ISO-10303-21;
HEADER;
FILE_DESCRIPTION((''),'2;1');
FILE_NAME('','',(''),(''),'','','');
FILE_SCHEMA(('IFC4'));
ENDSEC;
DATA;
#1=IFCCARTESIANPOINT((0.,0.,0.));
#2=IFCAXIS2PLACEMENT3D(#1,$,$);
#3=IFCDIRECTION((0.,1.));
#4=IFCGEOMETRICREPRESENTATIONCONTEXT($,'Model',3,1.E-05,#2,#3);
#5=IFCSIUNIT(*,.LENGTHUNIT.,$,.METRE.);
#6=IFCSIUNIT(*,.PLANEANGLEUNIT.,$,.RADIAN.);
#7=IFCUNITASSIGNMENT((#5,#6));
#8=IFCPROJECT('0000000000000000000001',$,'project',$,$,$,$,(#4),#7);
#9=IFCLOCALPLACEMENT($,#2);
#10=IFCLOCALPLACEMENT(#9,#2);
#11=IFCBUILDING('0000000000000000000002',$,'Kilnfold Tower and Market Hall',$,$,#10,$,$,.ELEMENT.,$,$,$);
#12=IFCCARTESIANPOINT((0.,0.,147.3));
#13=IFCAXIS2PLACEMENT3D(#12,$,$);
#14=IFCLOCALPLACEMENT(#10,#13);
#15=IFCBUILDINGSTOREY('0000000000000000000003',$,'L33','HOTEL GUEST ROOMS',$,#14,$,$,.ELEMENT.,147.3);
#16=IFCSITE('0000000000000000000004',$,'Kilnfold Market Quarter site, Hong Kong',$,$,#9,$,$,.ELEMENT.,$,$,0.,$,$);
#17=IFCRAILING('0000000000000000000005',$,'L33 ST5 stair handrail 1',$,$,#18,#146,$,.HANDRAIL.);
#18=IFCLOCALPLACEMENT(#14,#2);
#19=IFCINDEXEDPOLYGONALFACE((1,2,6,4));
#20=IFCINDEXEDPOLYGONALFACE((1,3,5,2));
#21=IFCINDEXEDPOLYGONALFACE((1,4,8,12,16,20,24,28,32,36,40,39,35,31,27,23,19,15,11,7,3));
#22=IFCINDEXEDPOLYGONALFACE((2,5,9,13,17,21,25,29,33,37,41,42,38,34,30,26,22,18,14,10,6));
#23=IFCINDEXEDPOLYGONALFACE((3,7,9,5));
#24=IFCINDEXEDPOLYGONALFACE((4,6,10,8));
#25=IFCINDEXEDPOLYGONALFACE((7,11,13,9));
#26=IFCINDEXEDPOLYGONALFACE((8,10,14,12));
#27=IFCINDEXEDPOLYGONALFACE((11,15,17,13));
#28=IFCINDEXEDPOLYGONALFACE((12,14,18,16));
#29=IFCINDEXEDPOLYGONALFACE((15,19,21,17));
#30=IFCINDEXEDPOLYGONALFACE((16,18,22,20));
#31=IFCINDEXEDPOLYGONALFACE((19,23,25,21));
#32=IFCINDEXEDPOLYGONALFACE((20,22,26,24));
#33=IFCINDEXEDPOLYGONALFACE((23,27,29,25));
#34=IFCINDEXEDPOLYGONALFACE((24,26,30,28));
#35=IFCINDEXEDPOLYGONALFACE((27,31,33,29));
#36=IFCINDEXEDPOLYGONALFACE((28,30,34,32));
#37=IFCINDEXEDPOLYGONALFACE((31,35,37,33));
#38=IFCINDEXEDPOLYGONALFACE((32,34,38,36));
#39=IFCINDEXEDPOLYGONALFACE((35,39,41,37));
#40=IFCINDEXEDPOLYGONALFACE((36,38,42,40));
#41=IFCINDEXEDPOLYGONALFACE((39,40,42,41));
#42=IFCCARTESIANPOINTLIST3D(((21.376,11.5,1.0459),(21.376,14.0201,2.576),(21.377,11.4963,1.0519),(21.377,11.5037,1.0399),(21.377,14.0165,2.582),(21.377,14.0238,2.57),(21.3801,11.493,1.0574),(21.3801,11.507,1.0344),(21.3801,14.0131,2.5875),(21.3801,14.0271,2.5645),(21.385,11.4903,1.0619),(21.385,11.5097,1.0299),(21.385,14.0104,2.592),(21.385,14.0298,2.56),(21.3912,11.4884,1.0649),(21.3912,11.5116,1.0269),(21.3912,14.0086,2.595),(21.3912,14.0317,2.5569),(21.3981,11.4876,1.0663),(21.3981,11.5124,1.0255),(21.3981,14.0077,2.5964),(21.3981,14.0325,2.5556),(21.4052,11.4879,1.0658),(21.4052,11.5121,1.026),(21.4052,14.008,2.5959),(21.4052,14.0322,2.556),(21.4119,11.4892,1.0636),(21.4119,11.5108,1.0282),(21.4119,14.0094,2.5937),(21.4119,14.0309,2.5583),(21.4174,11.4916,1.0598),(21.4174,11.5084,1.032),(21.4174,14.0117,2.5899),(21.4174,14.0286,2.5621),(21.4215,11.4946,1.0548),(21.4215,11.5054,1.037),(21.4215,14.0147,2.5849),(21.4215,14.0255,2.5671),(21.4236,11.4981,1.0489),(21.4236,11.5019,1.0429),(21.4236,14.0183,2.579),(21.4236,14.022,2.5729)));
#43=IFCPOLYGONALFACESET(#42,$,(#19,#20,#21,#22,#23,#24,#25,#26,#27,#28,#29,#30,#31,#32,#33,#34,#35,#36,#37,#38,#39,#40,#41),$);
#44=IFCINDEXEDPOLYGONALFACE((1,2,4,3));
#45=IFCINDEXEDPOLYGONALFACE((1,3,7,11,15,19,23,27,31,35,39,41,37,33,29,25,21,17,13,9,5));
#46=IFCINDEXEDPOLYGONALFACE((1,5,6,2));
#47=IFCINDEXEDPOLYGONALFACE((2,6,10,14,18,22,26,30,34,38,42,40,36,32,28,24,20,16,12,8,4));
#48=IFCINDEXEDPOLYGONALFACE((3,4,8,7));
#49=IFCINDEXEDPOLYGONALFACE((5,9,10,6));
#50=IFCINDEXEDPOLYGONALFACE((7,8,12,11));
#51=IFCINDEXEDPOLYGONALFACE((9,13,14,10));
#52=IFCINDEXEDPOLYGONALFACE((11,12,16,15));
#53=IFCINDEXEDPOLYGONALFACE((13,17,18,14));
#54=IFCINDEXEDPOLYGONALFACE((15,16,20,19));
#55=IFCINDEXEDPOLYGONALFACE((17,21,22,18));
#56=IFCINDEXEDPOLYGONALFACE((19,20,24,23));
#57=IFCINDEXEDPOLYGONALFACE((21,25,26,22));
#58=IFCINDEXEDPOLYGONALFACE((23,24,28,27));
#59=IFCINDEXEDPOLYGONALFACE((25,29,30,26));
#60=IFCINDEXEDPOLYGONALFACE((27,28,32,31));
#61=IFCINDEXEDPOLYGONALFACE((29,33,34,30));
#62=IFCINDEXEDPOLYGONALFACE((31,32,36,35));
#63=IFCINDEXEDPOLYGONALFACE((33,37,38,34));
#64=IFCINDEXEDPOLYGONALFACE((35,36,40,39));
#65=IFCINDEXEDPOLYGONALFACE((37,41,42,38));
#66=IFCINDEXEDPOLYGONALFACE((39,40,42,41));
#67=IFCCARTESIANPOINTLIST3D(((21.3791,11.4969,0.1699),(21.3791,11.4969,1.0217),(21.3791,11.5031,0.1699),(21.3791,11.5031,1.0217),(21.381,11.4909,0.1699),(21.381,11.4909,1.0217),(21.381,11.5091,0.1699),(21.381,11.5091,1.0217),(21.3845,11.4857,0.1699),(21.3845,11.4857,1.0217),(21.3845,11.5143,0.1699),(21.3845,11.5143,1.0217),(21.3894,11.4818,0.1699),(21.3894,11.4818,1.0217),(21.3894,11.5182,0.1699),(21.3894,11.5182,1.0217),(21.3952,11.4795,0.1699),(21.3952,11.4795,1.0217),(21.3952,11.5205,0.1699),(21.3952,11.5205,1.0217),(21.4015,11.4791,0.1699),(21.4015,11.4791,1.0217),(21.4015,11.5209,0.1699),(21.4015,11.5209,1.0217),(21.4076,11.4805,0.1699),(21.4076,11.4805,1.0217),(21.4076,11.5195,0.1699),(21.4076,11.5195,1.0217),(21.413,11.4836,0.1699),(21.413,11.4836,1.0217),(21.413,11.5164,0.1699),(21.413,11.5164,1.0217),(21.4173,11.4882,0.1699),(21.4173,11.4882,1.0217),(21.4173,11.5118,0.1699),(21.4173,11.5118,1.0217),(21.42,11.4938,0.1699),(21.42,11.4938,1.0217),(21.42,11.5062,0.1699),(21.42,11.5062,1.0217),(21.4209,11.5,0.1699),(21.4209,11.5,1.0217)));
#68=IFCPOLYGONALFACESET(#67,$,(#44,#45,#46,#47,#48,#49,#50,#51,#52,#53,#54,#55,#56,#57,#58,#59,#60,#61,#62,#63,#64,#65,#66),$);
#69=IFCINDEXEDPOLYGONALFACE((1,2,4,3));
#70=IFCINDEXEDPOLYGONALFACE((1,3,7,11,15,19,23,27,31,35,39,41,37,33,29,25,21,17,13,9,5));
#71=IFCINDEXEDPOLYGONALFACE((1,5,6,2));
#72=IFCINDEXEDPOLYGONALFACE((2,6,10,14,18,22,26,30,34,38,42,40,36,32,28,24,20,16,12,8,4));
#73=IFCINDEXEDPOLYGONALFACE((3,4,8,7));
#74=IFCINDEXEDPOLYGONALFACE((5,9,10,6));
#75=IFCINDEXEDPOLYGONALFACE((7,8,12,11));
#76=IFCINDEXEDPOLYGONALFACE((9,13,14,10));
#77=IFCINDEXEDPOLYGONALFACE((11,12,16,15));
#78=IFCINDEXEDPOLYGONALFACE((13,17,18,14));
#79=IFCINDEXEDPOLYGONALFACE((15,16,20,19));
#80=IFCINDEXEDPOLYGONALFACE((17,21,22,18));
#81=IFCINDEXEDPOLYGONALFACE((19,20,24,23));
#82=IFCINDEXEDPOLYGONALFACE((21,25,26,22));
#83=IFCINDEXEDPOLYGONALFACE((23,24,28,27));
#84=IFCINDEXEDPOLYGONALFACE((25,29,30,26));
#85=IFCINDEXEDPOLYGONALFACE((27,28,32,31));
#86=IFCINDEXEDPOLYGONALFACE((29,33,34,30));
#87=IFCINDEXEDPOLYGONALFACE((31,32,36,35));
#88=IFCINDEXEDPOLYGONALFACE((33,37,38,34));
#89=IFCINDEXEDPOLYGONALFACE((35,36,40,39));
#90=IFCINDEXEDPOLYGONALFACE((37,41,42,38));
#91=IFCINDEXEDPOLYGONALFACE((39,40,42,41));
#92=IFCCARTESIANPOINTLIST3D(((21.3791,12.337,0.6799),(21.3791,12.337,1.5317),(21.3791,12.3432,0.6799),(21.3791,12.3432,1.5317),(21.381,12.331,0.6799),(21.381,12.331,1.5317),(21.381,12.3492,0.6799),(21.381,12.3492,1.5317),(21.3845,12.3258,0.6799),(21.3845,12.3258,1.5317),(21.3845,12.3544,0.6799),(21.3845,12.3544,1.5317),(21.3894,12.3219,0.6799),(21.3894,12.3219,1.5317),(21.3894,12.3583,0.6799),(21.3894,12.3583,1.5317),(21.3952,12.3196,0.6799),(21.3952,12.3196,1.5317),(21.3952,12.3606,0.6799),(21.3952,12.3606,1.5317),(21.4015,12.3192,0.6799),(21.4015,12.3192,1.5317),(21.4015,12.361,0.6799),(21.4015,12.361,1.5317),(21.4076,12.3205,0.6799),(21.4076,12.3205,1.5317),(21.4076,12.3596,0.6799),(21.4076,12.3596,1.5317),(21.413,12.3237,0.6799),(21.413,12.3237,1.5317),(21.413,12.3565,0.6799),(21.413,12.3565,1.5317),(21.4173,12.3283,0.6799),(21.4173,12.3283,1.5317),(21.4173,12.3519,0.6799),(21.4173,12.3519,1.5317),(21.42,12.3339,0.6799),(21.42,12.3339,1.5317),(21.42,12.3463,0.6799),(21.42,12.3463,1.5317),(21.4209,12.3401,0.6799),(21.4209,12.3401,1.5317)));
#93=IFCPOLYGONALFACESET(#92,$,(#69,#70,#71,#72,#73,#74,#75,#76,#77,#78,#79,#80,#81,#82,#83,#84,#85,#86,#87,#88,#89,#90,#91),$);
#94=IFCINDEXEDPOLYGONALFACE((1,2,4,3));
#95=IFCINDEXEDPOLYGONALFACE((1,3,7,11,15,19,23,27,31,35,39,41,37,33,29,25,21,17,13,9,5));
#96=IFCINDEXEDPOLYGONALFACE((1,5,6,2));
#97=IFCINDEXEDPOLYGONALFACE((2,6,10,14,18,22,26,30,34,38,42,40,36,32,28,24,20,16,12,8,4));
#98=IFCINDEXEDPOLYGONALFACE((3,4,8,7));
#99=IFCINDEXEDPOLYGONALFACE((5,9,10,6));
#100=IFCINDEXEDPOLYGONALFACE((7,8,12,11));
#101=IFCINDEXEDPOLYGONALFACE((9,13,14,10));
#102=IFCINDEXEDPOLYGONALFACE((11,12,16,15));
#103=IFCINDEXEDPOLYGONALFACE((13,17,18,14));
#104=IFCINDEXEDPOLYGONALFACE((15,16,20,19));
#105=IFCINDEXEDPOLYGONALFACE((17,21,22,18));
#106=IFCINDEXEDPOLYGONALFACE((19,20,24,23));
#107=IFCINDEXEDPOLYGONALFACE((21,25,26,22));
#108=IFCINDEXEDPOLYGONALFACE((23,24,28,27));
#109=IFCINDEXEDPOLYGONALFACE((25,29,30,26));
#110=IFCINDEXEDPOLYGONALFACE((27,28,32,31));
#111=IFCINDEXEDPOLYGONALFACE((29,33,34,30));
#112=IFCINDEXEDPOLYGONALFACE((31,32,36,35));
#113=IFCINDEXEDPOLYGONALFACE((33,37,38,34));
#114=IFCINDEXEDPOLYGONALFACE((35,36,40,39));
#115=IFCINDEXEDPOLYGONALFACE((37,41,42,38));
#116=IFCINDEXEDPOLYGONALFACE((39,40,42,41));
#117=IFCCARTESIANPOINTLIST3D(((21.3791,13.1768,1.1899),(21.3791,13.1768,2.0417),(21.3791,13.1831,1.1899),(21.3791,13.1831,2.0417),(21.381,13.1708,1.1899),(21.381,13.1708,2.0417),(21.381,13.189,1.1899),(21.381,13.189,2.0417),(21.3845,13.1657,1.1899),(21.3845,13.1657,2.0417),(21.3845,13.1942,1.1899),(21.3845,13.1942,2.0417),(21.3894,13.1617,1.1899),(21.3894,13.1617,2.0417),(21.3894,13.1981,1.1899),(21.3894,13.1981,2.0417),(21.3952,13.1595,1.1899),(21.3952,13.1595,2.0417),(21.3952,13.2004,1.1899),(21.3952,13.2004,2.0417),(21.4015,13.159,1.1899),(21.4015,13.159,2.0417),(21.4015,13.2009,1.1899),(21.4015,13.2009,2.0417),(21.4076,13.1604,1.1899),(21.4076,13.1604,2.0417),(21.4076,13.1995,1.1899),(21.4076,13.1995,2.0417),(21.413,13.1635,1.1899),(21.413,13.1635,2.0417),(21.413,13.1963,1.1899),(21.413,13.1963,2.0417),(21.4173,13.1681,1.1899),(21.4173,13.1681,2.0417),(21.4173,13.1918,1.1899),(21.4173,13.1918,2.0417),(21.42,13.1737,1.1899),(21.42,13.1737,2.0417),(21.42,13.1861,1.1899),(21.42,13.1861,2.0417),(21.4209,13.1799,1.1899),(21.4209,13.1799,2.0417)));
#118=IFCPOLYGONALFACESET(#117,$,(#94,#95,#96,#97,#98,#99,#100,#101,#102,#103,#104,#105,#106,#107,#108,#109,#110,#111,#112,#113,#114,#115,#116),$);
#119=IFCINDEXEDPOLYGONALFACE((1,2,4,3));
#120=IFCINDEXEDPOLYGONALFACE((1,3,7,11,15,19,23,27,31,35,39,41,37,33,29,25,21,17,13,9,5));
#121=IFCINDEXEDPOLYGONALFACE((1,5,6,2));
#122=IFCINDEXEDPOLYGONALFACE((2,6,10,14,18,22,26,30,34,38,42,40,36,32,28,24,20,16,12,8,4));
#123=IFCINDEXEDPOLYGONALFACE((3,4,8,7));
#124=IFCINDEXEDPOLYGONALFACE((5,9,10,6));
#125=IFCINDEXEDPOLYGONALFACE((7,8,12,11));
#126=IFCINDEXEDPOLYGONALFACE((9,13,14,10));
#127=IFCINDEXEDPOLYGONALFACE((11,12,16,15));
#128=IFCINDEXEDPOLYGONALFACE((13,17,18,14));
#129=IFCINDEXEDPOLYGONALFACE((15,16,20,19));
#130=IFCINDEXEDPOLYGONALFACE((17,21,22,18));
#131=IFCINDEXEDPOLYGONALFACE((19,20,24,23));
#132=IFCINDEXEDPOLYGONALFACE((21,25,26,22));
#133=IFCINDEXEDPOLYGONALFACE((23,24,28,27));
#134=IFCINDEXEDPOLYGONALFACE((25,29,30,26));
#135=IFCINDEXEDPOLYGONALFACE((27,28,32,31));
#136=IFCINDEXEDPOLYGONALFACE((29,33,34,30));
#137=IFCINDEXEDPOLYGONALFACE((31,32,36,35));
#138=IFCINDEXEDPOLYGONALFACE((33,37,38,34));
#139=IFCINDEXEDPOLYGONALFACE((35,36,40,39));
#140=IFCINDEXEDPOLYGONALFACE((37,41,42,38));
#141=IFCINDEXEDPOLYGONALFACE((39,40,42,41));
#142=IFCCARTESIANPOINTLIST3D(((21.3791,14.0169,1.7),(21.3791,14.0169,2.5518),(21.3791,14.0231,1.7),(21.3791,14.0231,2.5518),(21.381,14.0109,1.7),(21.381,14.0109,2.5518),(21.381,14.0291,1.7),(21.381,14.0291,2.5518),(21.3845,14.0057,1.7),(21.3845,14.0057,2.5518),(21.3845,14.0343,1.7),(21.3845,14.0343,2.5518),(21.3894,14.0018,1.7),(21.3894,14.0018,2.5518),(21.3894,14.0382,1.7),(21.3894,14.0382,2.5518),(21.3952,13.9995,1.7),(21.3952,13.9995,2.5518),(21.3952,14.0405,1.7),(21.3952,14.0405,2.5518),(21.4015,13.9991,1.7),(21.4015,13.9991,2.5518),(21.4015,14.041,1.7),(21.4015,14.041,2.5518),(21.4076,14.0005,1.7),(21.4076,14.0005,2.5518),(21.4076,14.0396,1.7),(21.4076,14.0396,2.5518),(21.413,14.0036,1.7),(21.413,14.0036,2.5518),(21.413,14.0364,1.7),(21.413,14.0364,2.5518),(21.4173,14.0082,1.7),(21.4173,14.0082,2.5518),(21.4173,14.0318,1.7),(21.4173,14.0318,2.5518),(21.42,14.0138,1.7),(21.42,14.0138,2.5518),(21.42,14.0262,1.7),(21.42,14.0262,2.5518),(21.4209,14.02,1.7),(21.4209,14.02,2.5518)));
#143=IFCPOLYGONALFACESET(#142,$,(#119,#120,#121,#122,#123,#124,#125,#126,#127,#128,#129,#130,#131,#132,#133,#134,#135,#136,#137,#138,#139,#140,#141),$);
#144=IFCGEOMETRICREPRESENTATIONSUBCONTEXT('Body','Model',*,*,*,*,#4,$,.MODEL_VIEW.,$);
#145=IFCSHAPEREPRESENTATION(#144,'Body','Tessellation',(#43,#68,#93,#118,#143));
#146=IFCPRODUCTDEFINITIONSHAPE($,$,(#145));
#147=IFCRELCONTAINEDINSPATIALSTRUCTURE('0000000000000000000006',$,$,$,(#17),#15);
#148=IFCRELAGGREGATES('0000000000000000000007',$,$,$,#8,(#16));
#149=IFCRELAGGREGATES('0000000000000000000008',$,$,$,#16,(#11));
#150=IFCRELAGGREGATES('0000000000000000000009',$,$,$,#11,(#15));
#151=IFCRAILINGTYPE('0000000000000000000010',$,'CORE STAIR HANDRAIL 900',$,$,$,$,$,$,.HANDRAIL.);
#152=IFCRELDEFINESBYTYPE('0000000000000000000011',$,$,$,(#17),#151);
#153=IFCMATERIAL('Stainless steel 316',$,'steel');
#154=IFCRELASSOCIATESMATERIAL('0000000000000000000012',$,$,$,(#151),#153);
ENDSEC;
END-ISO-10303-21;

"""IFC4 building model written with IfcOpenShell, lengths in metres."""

from ifc_helpers import new_model, si_unit, direction, frame, origin, origin_2d, place, context, subcontext, project, spatial, circle, extrude, material, type_object, element, save


model = new_model("IFC4")

# Units and contexts
model_context = context("Model", 3, precision=1e-05, world=origin(), true_north=direction((0.0, 1.0)))
body_context = subcontext(model_context, "Body", "Model", "MODEL_VIEW")
ifc_project = project(units=[si_unit("LENGTHUNIT", "METRE"), si_unit("PLANEANGLEUNIT", "RADIAN")], contexts=[model_context])

# Site, building, storey
site_placement = place(None, origin())
site = spatial("IfcSite", under=ifc_project, at=site_placement, Name="Kilnfold Market Quarter site, Hong Kong", CompositionType="ELEMENT", RefElevation=0.0)
building_placement = place(site_placement, origin())
building = spatial("IfcBuilding", under=site, at=building_placement, Name="Kilnfold Tower and Market Hall", CompositionType="ELEMENT")
storey_placement = place(building_placement, frame((0.0, 0.0, 147.3)))
storey = spatial("IfcBuildingStorey", under=building, at=storey_placement, Name="L33", Description="HOTEL GUEST ROOMS", CompositionType="ELEMENT", Elevation=147.3)

# Railing
ifc_material_1 = material(Name="Stainless steel 316", Category="steel")
railing_type_1 = type_object("IfcRailingType", Name="CORE STAIR HANDRAIL 900", PredefinedType="HANDRAIL", material=ifc_material_1)
railing_1_placement = place(storey_placement, frame((21.3999, 11.5, 0.1699)))
element("IfcRailing", 1, at=railing_1_placement, inside=storey, type_object=railing_type_1, Name="L33 ST5 stair handrail 1", PredefinedType="HANDRAIL", context=body_context, shape_type="SweptSolid", body=[
    extrude(circle(Radius=0.0239, at=origin_2d()), frame((0.0, 0.0, 0.876), z_axis=(0.0, 0.854785, 0.518982), x_axis=(-1.0, 0.0, 0.0)), (0.0, 0.0, 1.0), 2.9482),
    extrude(circle(Radius=0.021, at=origin_2d()), origin(), (0.0, 0.0, 1.0), 0.8518),
    extrude(circle(Radius=0.021, at=origin_2d()), frame((0.0, 0.8401, 0.51)), (0.0, 0.0, 1.0), 0.8518),
    extrude(circle(Radius=0.021, at=origin_2d()), frame((0.0, 1.6799, 1.02)), (0.0, 0.0, 1.0), 0.8518),
    extrude(circle(Radius=0.021, at=origin_2d()), frame((0.0, 2.52, 1.53)), (0.0, 0.0, 1.0), 0.8518),
])

save(model, "model.ifc")
